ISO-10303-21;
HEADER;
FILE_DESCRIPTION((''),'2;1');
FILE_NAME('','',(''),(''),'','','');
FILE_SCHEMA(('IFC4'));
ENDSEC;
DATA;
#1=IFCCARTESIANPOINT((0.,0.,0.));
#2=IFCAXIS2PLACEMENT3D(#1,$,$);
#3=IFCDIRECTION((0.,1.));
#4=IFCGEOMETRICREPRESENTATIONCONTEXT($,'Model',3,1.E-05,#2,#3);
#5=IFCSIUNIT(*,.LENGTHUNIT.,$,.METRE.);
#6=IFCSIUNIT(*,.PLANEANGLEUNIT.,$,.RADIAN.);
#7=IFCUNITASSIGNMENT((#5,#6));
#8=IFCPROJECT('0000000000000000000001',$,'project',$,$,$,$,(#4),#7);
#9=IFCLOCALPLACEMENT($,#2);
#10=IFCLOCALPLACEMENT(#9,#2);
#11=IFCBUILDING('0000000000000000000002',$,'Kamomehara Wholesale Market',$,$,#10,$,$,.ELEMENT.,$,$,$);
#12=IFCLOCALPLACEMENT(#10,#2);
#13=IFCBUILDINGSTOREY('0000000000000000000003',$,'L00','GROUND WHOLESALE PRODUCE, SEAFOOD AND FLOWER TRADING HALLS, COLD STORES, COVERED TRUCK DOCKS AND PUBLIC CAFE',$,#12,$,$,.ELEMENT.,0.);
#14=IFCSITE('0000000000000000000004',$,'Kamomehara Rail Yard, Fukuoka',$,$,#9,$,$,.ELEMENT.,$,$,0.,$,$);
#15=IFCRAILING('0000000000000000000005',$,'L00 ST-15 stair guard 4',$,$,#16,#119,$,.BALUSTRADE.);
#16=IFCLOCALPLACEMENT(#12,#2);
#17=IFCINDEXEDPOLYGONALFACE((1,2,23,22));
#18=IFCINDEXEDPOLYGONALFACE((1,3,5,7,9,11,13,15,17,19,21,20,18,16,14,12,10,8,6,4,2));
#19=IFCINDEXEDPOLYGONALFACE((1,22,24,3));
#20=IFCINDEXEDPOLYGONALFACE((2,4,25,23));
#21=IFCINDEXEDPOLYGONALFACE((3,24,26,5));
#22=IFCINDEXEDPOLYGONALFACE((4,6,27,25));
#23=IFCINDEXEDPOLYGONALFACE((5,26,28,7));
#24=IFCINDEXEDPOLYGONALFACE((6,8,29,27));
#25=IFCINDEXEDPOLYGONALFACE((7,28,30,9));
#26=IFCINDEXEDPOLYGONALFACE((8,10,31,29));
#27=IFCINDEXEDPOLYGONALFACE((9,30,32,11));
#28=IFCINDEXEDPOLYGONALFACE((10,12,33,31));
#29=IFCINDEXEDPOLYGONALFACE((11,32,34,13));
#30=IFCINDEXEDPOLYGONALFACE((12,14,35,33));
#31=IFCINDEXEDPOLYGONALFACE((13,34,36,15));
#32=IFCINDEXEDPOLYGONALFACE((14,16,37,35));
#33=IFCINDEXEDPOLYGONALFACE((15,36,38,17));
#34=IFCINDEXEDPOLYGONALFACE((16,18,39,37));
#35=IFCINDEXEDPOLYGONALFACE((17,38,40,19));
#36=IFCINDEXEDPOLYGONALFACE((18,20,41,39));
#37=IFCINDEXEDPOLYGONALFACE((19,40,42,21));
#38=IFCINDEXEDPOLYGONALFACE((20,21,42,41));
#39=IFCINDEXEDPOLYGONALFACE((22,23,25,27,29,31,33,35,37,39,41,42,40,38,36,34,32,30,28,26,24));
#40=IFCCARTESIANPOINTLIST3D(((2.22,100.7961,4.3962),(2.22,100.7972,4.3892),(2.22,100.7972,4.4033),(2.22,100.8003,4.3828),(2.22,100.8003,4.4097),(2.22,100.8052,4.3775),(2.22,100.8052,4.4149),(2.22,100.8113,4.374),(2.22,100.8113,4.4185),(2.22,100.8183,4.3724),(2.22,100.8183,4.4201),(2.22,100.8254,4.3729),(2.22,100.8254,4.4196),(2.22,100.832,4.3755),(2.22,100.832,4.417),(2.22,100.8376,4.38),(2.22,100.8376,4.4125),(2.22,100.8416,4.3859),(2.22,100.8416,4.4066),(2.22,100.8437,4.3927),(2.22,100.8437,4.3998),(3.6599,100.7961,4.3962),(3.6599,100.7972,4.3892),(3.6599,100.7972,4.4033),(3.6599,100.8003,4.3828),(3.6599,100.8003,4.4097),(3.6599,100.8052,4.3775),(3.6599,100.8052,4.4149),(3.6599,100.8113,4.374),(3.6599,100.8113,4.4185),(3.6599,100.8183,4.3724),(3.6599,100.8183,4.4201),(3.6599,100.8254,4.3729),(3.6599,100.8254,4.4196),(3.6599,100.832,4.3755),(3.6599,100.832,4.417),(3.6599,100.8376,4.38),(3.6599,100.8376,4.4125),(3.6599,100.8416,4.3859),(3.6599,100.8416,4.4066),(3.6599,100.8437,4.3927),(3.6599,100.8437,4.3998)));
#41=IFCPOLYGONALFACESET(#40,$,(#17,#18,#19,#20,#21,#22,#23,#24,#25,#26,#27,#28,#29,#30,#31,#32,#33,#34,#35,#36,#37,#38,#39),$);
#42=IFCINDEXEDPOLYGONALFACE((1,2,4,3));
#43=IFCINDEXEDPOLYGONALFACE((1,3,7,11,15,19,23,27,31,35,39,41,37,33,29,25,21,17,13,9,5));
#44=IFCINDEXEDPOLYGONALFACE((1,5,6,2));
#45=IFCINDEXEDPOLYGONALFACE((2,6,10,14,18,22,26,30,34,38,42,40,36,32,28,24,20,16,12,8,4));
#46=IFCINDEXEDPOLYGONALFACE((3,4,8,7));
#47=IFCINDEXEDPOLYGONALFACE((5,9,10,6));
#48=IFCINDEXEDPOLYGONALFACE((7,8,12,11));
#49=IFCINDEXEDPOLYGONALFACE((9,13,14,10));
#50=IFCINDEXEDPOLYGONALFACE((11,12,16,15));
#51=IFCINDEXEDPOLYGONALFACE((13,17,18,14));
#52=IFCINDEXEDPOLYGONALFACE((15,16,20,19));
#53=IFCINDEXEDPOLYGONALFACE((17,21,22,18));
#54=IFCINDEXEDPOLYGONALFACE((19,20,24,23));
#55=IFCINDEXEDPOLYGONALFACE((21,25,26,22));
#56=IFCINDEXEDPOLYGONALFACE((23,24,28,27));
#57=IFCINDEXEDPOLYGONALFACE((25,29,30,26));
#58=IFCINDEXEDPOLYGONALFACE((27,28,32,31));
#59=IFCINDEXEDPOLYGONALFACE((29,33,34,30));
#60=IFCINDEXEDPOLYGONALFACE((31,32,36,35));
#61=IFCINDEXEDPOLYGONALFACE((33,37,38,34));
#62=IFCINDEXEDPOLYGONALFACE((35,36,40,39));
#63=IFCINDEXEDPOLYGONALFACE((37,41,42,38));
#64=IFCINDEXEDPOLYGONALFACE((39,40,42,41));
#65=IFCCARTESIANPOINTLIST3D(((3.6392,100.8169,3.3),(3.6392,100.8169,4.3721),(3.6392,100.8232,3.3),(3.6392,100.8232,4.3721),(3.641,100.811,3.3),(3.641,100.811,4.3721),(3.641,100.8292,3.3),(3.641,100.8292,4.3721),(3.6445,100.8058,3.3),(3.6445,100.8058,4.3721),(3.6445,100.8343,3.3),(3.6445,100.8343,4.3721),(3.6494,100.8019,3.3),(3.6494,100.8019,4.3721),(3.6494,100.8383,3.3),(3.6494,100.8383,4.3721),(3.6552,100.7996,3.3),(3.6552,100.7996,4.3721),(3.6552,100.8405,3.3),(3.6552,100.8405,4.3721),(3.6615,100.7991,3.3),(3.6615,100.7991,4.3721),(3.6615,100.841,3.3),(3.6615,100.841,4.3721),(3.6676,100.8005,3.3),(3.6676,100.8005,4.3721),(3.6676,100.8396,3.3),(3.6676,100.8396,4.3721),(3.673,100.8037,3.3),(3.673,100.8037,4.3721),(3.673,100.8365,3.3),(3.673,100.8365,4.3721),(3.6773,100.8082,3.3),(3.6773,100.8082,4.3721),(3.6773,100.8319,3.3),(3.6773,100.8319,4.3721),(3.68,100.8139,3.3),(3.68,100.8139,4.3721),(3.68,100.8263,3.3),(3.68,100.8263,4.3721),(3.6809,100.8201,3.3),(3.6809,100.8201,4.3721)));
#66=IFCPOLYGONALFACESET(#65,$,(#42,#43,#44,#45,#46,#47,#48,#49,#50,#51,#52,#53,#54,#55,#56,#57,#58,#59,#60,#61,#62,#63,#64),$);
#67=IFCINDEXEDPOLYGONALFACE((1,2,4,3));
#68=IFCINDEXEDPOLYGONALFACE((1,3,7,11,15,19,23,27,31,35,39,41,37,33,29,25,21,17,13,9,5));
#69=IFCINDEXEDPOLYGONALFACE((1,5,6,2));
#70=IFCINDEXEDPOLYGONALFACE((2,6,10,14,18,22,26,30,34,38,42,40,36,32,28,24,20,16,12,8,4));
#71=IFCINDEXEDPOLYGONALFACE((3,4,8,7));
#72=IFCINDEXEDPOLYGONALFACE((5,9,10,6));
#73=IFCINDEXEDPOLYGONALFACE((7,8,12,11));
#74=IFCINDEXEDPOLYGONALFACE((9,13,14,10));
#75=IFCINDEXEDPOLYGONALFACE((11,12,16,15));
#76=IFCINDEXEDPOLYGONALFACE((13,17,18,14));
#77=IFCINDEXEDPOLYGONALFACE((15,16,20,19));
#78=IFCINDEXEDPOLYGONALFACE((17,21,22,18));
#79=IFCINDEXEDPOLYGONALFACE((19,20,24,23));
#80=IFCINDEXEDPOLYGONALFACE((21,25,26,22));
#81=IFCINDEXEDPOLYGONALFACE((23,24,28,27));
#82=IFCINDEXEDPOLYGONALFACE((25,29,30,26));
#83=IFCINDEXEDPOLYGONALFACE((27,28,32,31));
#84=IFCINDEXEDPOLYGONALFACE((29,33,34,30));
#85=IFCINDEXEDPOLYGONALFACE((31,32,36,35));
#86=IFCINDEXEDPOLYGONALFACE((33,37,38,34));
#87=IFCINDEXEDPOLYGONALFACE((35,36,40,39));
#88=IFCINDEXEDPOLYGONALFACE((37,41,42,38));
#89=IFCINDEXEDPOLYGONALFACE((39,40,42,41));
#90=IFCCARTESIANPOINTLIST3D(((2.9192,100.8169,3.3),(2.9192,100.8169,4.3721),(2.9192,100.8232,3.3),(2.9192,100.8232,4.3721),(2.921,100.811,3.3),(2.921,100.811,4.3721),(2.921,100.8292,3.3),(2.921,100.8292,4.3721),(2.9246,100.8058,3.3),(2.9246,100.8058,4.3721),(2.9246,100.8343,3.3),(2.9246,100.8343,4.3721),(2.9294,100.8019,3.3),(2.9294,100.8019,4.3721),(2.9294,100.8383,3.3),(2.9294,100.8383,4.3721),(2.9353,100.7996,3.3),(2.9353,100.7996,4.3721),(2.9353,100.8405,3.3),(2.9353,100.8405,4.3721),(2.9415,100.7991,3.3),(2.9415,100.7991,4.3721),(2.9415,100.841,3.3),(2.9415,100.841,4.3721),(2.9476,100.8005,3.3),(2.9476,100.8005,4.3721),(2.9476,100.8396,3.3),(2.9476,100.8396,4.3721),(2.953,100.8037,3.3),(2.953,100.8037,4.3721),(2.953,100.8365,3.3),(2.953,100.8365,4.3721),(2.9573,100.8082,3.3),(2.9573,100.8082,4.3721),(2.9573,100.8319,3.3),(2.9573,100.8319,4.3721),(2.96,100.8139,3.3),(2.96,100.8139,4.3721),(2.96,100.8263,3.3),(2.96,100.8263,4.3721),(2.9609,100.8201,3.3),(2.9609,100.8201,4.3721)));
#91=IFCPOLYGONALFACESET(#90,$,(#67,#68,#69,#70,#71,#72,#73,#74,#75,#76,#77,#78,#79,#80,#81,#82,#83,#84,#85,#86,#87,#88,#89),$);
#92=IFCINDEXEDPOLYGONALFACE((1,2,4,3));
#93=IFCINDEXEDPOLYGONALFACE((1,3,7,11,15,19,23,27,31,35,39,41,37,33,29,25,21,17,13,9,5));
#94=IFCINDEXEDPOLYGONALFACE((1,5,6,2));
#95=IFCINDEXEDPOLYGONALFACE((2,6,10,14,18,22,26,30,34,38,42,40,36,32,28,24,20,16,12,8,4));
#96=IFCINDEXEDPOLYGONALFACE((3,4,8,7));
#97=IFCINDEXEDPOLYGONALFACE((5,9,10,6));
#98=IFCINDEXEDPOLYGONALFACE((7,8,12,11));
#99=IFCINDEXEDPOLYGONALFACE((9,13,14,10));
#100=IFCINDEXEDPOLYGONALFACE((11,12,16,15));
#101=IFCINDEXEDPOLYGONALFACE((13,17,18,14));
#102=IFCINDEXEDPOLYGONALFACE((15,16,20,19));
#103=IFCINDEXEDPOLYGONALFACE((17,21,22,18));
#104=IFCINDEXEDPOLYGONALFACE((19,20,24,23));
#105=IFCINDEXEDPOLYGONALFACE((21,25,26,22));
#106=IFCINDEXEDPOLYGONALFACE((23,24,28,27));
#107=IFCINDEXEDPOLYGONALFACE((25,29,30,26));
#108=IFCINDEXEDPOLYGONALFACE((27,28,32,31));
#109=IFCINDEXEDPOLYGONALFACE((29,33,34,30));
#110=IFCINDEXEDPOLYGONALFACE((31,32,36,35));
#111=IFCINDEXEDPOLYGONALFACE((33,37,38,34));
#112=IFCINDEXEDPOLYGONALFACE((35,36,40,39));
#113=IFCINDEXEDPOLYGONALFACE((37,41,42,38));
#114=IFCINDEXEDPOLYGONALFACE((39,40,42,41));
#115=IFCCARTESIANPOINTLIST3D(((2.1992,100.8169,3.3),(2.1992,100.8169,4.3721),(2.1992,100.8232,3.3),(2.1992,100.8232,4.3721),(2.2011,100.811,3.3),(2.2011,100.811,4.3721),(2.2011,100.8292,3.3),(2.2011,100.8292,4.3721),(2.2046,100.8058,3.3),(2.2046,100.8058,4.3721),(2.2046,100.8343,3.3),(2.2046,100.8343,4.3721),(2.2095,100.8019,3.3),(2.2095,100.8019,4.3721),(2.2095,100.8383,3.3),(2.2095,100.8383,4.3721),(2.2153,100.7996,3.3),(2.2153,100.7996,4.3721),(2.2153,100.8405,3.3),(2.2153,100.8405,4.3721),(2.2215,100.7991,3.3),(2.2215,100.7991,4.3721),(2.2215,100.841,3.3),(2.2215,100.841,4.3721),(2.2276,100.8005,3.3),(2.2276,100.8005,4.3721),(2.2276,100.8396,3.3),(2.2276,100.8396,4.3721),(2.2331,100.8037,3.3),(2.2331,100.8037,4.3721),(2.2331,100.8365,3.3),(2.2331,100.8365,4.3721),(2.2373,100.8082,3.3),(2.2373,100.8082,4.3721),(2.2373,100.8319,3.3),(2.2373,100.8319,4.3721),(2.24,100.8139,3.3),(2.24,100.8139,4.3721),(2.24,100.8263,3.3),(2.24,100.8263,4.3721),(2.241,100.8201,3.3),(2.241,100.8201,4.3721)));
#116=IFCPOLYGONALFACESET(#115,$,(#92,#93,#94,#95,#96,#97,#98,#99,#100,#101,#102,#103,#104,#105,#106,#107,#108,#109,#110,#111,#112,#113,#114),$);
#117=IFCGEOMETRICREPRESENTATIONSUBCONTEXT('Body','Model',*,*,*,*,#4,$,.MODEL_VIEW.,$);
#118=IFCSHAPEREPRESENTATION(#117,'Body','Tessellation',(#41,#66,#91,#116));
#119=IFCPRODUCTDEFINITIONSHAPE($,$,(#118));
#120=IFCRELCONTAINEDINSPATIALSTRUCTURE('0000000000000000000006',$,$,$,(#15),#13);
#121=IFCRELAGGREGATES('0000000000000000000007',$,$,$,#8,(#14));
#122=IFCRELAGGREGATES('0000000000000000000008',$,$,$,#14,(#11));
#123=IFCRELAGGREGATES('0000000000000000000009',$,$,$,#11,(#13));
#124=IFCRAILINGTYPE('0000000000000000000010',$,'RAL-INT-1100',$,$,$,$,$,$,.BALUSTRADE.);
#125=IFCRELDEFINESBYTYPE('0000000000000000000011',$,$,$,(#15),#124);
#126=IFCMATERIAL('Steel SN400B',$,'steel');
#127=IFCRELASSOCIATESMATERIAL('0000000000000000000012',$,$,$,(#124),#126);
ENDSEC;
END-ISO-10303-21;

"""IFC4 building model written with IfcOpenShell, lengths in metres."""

from ifc_helpers import new_model, si_unit, direction, frame, origin, origin_2d, place, context, subcontext, project, spatial, circle, extrude, material, type_object, element, save


model = new_model("IFC4")

# Units and contexts
model_context = context("Model", 3, precision=1e-05, world=origin(), true_north=direction((0.0, 1.0)))
body_context = subcontext(model_context, "Body", "Model", "MODEL_VIEW")
ifc_project = project(units=[si_unit("LENGTHUNIT", "METRE"), si_unit("PLANEANGLEUNIT", "RADIAN")], contexts=[model_context])

# Site, building, storey
site_placement = place(None, origin())
site = spatial("IfcSite", under=ifc_project, at=site_placement, Name="Kamomehara Rail Yard, Fukuoka", CompositionType="ELEMENT", RefElevation=0.0)
building_placement = place(site_placement, origin())
building = spatial("IfcBuilding", under=site, at=building_placement, Name="Kamomehara Wholesale Market", CompositionType="ELEMENT")
storey_placement = place(building_placement, origin())
storey = spatial("IfcBuildingStorey", under=building, at=storey_placement, Name="L00", Description="GROUND WHOLESALE PRODUCE, SEAFOOD AND FLOWER TRADING HALLS, COLD STORES, COVERED TRUCK DOCKS AND PUBLIC CAFE", CompositionType="ELEMENT", Elevation=0.0)

# Railing
ifc_material_1 = material(Name="Steel SN400B", Category="steel")
railing_type_1 = type_object("IfcRailingType", Name="RAL-INT-1100", PredefinedType="BALUSTRADE", material=ifc_material_1)
for number, where, name in (
    (1, (3.6599, 100.8201, 3.3), "L00 ST-15 stair guard 4"),
):
    element("IfcRailing", number, at=place(storey_placement, frame(where)), inside=storey, type_object=railing_type_1, Name=name, PredefinedType="BALUSTRADE", context=body_context, shape_type="SweptSolid", body=[
        extrude(circle(Radius=0.0239, at=origin_2d()), frame((0.0, 0.0, 1.0962), z_axis=(-1.0, 0.0, 0.0), x_axis=(0.0, -1.0, 0.0)), (0.0, 0.0, 1.0), 1.4399),
        extrude(circle(Radius=0.021, at=origin_2d()), origin(), (0.0, 0.0, 1.0), 1.072),
        extrude(circle(Radius=0.021, at=origin_2d()), frame((-0.72, 0.0, 0.0)), (0.0, 0.0, 1.0), 1.072),
        extrude(circle(Radius=0.021, at=origin_2d()), frame((-1.4399, 0.0, 0.0)), (0.0, 0.0, 1.0), 1.072),
    ])

save(model, "model.ifc")
